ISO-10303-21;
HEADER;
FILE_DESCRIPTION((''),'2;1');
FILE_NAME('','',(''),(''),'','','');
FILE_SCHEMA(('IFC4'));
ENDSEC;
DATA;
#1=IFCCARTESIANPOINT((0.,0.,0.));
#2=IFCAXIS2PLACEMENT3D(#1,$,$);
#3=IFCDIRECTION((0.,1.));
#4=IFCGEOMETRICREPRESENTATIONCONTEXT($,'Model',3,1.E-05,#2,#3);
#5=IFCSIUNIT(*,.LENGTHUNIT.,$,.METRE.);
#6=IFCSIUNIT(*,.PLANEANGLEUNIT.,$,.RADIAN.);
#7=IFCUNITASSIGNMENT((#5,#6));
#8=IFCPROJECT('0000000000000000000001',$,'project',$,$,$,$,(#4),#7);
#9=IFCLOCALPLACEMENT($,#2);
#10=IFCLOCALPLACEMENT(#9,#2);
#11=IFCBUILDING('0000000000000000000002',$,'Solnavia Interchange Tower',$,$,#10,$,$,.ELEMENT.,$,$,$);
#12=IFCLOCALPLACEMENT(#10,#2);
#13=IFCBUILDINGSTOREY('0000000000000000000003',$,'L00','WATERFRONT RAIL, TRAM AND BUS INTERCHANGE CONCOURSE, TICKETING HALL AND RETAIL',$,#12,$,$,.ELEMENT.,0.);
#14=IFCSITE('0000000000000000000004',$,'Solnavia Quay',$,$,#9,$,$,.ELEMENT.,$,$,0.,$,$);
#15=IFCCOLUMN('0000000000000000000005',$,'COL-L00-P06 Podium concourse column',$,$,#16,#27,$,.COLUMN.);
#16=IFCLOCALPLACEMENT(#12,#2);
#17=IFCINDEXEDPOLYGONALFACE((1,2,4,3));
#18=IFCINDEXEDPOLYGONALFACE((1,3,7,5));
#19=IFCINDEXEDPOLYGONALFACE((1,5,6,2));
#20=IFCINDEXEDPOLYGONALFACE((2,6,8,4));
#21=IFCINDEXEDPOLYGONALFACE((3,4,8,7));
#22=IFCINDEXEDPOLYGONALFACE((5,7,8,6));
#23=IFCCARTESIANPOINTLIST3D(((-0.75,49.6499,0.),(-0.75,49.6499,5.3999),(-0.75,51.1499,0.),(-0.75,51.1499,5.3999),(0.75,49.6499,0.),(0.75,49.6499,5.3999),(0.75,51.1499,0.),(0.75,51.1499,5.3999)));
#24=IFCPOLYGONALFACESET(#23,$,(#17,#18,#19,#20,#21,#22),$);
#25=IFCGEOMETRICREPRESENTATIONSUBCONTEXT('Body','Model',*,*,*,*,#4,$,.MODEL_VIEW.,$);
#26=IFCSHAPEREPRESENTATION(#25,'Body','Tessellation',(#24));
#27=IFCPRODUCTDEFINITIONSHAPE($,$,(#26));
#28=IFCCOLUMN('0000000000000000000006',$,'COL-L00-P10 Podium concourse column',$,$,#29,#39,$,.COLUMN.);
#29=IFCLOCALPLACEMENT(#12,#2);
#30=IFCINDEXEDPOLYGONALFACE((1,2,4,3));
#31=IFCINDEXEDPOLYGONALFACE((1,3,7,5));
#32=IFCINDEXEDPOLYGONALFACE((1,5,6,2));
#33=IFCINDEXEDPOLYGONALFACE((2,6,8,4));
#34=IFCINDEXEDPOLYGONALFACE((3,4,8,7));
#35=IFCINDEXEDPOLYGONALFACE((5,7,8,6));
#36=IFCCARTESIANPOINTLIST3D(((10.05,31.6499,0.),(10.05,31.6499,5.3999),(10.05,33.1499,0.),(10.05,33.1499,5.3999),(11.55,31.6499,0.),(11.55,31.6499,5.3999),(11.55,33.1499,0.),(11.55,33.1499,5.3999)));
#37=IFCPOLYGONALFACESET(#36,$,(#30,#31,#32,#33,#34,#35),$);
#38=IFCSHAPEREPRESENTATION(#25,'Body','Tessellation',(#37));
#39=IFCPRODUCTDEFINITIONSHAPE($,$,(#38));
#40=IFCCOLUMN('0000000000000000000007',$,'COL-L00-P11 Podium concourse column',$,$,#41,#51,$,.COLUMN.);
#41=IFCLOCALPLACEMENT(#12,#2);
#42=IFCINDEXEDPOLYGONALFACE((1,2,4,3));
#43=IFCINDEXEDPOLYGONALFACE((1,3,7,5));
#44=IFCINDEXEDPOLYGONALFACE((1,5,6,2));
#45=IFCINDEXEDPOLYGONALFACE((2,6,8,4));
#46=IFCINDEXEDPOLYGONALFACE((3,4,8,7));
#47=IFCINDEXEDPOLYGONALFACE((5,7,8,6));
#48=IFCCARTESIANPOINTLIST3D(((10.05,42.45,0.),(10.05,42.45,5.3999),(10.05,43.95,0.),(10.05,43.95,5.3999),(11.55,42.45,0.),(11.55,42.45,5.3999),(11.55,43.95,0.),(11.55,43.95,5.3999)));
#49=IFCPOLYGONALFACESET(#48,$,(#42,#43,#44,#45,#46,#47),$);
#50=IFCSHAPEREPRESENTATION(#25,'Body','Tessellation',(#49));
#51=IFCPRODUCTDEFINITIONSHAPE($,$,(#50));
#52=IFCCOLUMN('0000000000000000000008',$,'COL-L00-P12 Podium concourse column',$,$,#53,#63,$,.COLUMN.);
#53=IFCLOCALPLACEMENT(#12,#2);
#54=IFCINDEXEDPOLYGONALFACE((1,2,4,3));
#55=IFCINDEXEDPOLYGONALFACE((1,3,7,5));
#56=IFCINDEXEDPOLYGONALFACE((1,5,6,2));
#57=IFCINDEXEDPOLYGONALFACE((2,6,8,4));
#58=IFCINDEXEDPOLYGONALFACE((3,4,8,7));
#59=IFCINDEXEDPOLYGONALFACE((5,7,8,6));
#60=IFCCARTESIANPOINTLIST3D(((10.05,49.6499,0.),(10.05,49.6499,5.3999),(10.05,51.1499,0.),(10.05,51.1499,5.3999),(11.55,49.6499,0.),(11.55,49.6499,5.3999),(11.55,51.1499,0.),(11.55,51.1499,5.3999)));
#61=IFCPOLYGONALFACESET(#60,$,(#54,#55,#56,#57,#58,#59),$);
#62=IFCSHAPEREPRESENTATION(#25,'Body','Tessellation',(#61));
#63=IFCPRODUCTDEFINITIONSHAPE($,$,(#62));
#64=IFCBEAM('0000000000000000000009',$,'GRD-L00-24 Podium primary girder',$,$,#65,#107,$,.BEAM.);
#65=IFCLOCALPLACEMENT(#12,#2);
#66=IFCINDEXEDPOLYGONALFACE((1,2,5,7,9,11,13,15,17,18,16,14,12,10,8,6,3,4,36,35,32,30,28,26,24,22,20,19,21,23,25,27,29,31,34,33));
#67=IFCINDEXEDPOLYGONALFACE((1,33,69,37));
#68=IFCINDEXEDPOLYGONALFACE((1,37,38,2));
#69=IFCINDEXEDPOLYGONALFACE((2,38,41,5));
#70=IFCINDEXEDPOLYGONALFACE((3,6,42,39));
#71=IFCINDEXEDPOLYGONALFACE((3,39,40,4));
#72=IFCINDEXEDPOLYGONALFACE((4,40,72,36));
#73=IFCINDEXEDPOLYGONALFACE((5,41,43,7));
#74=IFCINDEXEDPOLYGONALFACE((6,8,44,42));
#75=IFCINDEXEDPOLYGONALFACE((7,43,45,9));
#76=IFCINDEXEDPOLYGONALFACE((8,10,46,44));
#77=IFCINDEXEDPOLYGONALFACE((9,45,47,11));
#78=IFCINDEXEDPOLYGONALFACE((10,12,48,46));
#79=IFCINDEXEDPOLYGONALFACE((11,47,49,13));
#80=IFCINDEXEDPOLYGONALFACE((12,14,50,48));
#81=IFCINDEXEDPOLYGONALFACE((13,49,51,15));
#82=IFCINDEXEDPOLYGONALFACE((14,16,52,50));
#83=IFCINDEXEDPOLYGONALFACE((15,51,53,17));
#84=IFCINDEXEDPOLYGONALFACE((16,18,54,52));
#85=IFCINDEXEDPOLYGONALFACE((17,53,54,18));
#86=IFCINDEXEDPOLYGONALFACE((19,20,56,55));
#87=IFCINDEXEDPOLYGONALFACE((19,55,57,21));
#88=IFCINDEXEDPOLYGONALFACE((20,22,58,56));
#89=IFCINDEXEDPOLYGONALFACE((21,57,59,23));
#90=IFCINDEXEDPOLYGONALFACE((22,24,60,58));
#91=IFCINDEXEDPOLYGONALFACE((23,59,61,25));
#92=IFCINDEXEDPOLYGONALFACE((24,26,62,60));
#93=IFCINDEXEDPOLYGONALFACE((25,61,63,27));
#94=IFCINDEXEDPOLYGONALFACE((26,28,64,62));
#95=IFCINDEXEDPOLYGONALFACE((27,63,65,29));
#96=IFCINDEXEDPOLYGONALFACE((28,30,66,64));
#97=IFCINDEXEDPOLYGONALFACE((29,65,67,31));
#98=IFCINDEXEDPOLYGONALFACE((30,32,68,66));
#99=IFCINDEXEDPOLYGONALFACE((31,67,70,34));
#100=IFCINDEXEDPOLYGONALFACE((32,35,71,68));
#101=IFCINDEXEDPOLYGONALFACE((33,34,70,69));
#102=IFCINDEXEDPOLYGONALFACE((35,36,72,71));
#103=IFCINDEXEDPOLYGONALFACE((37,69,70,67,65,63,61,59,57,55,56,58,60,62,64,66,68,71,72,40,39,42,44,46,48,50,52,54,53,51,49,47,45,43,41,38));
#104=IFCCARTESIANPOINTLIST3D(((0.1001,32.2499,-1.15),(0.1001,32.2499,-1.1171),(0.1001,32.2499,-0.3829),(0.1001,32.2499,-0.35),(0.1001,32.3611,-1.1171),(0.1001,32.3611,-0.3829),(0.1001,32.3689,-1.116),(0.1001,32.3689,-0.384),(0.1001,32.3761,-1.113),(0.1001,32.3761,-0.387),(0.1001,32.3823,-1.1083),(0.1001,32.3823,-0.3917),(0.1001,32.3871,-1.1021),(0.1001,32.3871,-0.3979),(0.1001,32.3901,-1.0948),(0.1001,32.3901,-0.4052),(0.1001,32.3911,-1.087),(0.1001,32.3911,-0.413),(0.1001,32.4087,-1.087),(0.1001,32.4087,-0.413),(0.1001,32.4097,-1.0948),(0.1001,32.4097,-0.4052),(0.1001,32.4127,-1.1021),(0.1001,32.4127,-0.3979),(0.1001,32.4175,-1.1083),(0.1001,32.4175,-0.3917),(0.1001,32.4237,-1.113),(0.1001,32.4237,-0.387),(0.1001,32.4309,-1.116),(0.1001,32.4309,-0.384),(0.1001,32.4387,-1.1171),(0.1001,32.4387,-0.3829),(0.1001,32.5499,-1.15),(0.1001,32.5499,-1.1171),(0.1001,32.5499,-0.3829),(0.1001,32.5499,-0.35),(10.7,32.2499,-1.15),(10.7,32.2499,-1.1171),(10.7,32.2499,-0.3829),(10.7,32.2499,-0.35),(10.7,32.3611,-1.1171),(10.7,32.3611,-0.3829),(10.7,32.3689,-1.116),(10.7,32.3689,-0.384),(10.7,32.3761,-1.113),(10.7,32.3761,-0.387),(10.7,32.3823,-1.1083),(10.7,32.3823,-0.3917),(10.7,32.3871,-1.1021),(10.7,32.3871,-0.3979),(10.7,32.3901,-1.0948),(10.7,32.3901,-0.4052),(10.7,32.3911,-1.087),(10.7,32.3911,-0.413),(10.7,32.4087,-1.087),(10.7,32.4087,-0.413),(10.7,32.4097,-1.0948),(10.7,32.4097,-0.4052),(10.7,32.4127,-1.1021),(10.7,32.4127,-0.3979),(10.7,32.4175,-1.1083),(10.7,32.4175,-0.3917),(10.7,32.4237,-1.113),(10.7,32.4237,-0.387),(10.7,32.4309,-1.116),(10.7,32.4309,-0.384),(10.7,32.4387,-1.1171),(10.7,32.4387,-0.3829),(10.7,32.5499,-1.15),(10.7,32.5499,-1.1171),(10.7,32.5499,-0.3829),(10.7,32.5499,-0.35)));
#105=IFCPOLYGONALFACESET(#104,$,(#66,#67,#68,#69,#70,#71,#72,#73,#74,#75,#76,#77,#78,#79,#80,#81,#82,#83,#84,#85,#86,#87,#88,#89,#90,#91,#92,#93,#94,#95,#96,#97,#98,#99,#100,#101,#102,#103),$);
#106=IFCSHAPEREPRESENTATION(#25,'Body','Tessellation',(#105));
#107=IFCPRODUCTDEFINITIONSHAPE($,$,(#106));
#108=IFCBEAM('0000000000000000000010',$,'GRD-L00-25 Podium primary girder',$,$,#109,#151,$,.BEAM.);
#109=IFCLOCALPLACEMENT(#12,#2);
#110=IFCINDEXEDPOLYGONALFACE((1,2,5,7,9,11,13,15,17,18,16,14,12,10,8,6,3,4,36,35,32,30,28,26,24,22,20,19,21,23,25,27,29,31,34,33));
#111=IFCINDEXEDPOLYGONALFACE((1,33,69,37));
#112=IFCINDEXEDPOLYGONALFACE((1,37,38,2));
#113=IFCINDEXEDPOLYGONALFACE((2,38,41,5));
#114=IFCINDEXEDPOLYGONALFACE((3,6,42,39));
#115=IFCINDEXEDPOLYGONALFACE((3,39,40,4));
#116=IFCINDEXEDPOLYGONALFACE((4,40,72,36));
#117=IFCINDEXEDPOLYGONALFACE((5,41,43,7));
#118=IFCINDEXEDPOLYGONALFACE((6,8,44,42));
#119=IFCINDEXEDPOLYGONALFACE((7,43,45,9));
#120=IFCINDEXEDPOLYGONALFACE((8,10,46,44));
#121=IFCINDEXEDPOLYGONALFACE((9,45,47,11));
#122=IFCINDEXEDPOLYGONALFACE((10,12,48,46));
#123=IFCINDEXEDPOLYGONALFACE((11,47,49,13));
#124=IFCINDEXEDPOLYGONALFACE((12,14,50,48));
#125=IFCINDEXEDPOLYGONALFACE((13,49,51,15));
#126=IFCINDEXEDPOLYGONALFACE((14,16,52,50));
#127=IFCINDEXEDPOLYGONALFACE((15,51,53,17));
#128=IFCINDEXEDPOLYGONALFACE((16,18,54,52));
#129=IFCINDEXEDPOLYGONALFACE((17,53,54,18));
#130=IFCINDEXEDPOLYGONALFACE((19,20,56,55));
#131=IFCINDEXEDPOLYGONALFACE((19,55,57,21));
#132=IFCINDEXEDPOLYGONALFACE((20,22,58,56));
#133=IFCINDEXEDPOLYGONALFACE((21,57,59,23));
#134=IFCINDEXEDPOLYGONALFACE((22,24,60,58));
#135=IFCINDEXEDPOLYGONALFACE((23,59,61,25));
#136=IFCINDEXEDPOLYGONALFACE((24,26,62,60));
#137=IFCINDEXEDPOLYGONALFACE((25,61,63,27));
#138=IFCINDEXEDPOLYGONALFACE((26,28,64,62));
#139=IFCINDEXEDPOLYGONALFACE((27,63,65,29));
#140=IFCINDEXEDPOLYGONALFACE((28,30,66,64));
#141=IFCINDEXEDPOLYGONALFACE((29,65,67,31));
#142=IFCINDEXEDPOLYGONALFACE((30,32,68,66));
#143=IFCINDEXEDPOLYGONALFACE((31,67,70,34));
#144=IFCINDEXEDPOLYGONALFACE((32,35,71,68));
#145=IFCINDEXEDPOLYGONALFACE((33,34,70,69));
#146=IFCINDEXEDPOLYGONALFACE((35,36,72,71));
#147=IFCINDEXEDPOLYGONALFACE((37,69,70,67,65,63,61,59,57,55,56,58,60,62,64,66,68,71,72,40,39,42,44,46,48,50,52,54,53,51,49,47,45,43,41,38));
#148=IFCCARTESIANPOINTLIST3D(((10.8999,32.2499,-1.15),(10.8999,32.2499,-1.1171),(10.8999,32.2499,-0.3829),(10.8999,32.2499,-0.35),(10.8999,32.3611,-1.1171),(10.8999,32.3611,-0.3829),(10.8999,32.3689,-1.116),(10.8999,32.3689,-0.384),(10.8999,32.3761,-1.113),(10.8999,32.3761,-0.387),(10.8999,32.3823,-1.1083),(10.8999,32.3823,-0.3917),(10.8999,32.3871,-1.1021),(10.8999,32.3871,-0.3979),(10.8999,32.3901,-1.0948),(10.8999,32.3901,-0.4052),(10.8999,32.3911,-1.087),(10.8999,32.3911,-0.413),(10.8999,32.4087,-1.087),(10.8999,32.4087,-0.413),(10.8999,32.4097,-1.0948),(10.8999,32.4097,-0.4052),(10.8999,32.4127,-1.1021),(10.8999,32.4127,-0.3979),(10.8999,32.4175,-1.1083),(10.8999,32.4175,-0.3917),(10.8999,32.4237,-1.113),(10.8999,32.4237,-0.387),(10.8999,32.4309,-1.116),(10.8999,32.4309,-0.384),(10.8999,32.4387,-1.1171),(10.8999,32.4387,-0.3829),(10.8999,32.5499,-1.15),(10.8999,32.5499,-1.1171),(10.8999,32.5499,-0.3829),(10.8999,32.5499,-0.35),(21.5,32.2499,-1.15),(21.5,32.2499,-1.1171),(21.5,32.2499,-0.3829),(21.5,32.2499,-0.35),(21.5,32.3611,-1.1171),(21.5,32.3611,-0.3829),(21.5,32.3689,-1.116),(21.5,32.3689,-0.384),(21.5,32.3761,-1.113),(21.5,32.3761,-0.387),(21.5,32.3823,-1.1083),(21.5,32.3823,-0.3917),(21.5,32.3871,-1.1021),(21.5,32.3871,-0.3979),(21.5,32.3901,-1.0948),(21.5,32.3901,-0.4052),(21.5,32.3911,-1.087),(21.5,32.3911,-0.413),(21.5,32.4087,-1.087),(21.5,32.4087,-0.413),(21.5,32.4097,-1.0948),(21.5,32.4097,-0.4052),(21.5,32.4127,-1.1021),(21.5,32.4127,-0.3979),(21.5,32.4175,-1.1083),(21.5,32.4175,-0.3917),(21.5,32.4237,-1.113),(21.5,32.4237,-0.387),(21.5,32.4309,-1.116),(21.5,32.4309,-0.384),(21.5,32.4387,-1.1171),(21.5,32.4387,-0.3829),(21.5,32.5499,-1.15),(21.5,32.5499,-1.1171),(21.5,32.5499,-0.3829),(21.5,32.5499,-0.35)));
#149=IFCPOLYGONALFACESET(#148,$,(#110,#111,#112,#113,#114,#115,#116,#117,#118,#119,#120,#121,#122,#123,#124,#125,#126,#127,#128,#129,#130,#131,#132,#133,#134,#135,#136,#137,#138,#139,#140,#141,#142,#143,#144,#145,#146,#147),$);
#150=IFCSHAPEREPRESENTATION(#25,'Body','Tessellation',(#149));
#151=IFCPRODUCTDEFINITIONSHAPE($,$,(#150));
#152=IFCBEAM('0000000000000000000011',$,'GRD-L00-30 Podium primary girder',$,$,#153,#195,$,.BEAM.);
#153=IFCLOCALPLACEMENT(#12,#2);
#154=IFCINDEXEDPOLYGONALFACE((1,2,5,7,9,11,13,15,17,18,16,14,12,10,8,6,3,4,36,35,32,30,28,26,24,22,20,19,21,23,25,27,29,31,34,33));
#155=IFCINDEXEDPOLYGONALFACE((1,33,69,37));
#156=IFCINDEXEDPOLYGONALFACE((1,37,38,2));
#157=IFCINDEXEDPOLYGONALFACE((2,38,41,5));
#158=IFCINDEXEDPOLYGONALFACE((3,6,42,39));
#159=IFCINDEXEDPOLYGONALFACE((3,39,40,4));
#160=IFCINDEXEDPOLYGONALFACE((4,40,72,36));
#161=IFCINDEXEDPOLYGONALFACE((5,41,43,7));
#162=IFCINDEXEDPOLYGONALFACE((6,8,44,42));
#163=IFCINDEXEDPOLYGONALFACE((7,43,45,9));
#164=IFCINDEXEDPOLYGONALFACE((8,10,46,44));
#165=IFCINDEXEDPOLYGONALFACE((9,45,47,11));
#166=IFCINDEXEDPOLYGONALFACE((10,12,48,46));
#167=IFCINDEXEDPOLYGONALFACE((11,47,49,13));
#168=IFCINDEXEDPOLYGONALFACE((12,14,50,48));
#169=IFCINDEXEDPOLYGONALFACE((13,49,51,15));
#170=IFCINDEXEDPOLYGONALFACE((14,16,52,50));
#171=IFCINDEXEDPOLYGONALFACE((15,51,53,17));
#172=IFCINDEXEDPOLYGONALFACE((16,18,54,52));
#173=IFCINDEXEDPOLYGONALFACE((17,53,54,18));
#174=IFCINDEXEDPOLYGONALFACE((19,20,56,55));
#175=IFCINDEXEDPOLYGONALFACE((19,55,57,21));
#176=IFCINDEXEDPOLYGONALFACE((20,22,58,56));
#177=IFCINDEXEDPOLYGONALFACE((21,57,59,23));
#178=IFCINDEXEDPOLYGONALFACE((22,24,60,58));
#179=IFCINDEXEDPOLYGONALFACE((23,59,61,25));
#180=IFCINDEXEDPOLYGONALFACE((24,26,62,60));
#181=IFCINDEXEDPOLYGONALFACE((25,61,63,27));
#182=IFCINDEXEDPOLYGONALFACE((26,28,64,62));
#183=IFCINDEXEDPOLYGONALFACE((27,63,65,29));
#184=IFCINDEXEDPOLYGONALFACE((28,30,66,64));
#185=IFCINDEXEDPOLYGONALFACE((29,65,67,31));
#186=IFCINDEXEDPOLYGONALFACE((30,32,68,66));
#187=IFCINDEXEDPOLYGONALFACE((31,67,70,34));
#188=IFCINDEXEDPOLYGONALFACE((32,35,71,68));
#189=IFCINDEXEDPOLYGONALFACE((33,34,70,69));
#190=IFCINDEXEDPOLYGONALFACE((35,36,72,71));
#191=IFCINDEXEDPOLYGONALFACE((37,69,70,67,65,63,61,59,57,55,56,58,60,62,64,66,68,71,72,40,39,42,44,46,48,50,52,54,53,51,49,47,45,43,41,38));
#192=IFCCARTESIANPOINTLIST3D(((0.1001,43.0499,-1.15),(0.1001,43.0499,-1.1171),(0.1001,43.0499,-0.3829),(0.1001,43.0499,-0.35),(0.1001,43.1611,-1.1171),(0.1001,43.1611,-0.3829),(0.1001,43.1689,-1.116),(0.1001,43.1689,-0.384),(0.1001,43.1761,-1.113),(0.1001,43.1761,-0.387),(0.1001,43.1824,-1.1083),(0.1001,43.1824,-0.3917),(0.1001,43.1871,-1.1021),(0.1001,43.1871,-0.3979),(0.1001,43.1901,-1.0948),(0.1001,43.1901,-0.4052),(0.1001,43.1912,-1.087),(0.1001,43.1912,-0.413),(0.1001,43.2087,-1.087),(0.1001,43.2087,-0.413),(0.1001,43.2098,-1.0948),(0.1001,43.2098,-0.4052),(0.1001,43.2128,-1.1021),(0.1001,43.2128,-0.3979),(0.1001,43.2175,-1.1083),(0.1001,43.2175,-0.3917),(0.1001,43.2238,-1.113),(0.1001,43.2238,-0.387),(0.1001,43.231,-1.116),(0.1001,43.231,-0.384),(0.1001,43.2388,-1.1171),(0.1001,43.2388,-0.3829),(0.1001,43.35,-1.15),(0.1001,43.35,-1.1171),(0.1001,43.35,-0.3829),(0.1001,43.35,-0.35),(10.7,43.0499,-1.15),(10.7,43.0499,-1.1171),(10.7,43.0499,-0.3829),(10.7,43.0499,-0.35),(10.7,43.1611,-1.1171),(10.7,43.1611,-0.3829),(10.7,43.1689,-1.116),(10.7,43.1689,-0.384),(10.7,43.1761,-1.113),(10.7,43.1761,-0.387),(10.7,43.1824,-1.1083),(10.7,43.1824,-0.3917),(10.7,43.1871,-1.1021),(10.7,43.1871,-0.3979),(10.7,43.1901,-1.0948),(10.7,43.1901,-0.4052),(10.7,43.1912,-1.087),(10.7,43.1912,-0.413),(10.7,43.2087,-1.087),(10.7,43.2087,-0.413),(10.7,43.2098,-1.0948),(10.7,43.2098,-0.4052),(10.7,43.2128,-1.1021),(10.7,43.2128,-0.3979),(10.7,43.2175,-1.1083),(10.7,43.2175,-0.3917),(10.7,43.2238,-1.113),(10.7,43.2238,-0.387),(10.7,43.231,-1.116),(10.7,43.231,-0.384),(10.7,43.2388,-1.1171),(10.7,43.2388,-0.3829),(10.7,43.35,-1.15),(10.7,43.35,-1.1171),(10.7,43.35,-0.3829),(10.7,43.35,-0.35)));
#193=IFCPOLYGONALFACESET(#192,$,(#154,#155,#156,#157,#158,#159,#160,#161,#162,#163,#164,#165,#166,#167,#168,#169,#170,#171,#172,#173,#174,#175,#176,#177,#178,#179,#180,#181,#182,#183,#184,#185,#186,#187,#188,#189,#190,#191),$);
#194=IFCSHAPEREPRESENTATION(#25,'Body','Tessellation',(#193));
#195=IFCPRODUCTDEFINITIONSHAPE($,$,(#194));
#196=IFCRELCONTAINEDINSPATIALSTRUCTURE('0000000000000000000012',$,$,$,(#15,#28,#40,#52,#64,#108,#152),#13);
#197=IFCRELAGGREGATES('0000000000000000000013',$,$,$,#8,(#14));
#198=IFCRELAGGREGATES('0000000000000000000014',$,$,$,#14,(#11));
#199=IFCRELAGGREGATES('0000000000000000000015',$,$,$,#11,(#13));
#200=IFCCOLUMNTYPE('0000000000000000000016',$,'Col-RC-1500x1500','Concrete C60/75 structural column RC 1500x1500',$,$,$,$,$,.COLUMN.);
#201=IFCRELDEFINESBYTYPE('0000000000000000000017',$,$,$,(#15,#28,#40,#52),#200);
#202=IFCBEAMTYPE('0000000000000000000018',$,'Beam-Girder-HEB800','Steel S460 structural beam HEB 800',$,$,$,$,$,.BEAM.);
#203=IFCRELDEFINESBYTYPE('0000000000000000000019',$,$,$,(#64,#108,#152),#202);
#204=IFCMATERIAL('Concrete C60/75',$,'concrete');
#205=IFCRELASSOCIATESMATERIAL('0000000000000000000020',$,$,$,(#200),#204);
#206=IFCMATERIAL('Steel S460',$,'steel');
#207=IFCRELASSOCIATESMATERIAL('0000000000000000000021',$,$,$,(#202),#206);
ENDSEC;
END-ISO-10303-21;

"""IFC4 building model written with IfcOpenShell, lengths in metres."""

from ifc_helpers import new_model, si_unit, direction, frame, origin, origin_2d, place, context, subcontext, project, spatial, rectangle, i_section, extrude, material, material_profile, profile_set, type_object, element, save


model = new_model("IFC4")

# Units and contexts
model_context = context("Model", 3, precision=1e-05, world=origin(), true_north=direction((0.0, 1.0)))
body_context = subcontext(model_context, "Body", "Model", "MODEL_VIEW")
ifc_project = project(units=[si_unit("LENGTHUNIT", "METRE"), si_unit("PLANEANGLEUNIT", "RADIAN")], contexts=[model_context])

# Site, building, storey
site_placement = place(None, origin())
site = spatial("IfcSite", under=ifc_project, at=site_placement, Name="Solnavia Quay", CompositionType="ELEMENT", RefElevation=0.0)
building_placement = place(site_placement, origin())
building = spatial("IfcBuilding", under=site, at=building_placement, Name="Solnavia Interchange Tower", CompositionType="ELEMENT")
storey_placement = place(building_placement, origin())
storey = spatial("IfcBuildingStorey", under=building, at=storey_placement, Name="L00", Description="WATERFRONT RAIL, TRAM AND BUS INTERCHANGE CONCOURSE, TICKETING HALL AND RETAIL", CompositionType="ELEMENT", Elevation=0.0)

# Columns
ifc_material_1 = material(Name="Concrete C60/75", Category="concrete")
ifc_material_profile_1 = material_profile(ifc_material_1, rectangle(XDim=1.5, YDim=1.5, at=origin_2d()), Name="RC 1500x1500")
ifc_profile_set_1 = profile_set([ifc_material_profile_1], Name="Concrete C60/75")
column_type = type_object("IfcColumnType", Name="Col-RC-1500x1500", Description="Concrete C60/75 structural column RC 1500x1500", PredefinedType="COLUMN", material=ifc_profile_set_1)
for number, where, z_axis, x_axis, name in (
    (1, (0.0, 50.3999, 0.0), (0.0, 0.0, 1.0), (1.0, 0.0, 0.0), "COL-L00-P06 Podium concourse column"),
    (2, (10.8, 32.3999, 0.0), (0.0, 0.0, 1.0), (1.0, 0.0, 0.0), "COL-L00-P10 Podium concourse column"),
    (3, (10.8, 43.2, 0.0), (0.0, 0.0, 1.0), (1.0, 0.0, 0.0), "COL-L00-P11 Podium concourse column"),
    (4, (10.8, 50.3999, 0.0), (0.0, 0.0, 1.0), (1.0, 0.0, 0.0), "COL-L00-P12 Podium concourse column"),
):
    element("IfcColumn", number, at=place(storey_placement, frame(where, z_axis=z_axis, x_axis=x_axis)), inside=storey, type_object=column_type, Name=name, PredefinedType="COLUMN", context=body_context, shape_type="SweptSolid", body=[
        extrude(rectangle(XDim=1.5, YDim=1.5, at=origin_2d()), origin(), (0.0, 0.0, 1.0), 5.3999),
    ])

# Beams
ifc_material_2 = material(Name="Steel S460", Category="steel")
ifc_material_profile_2 = material_profile(ifc_material_2, i_section(OverallWidth=0.3, OverallDepth=0.8, WebThickness=0.0176, FlangeThickness=0.033, FilletRadius=0.03, at=origin_2d()), Name="HEB 800")
ifc_profile_set_2 = profile_set([ifc_material_profile_2], Name="Steel S460")
beam_type_1 = type_object("IfcBeamType", Name="Beam-Girder-HEB800", Description="Steel S460 structural beam HEB 800", PredefinedType="BEAM", material=ifc_profile_set_2)
beam_1_placement = place(storey_placement, frame((0.1001, 32.3999, -0.75), z_axis=(1.0, 0.0, 0.0), x_axis=(0.0, 1.0, 0.0)))
element("IfcBeam", 5, at=beam_1_placement, inside=storey, type_object=beam_type_1, Name="GRD-L00-24 Podium primary girder", PredefinedType="BEAM", context=body_context, shape_type="SweptSolid", body=[
    extrude(i_section(OverallWidth=0.3, OverallDepth=0.8, WebThickness=0.0176, FlangeThickness=0.033, FilletRadius=0.03, at=origin_2d()), origin(), (0.0, 0.0, 1.0), 10.5999),
])
beam_2_placement = place(storey_placement, frame((10.8999, 32.3999, -0.75), z_axis=(1.0, 0.0, 0.0), x_axis=(0.0, 1.0, 0.0)))
element("IfcBeam", 6, at=beam_2_placement, inside=storey, type_object=beam_type_1, Name="GRD-L00-25 Podium primary girder", PredefinedType="BEAM", context=body_context, shape_type="SweptSolid", body=[
    extrude(i_section(OverallWidth=0.3, OverallDepth=0.8, WebThickness=0.0176, FlangeThickness=0.033, FilletRadius=0.03, at=origin_2d()), origin(), (0.0, 0.0, 1.0), 10.6001),
])
beam_3_placement = place(storey_placement, frame((0.1001, 43.2, -0.75), z_axis=(1.0, 0.0, 0.0), x_axis=(0.0, 1.0, 0.0)))
element("IfcBeam", 7, at=beam_3_placement, inside=storey, type_object=beam_type_1, Name="GRD-L00-30 Podium primary girder", PredefinedType="BEAM", context=body_context, shape_type="SweptSolid", body=[
    extrude(i_section(OverallWidth=0.3, OverallDepth=0.8, WebThickness=0.0176, FlangeThickness=0.033, FilletRadius=0.03, at=origin_2d()), origin(), (0.0, 0.0, 1.0), 10.5999),
])

save(model, "model.ifc")
